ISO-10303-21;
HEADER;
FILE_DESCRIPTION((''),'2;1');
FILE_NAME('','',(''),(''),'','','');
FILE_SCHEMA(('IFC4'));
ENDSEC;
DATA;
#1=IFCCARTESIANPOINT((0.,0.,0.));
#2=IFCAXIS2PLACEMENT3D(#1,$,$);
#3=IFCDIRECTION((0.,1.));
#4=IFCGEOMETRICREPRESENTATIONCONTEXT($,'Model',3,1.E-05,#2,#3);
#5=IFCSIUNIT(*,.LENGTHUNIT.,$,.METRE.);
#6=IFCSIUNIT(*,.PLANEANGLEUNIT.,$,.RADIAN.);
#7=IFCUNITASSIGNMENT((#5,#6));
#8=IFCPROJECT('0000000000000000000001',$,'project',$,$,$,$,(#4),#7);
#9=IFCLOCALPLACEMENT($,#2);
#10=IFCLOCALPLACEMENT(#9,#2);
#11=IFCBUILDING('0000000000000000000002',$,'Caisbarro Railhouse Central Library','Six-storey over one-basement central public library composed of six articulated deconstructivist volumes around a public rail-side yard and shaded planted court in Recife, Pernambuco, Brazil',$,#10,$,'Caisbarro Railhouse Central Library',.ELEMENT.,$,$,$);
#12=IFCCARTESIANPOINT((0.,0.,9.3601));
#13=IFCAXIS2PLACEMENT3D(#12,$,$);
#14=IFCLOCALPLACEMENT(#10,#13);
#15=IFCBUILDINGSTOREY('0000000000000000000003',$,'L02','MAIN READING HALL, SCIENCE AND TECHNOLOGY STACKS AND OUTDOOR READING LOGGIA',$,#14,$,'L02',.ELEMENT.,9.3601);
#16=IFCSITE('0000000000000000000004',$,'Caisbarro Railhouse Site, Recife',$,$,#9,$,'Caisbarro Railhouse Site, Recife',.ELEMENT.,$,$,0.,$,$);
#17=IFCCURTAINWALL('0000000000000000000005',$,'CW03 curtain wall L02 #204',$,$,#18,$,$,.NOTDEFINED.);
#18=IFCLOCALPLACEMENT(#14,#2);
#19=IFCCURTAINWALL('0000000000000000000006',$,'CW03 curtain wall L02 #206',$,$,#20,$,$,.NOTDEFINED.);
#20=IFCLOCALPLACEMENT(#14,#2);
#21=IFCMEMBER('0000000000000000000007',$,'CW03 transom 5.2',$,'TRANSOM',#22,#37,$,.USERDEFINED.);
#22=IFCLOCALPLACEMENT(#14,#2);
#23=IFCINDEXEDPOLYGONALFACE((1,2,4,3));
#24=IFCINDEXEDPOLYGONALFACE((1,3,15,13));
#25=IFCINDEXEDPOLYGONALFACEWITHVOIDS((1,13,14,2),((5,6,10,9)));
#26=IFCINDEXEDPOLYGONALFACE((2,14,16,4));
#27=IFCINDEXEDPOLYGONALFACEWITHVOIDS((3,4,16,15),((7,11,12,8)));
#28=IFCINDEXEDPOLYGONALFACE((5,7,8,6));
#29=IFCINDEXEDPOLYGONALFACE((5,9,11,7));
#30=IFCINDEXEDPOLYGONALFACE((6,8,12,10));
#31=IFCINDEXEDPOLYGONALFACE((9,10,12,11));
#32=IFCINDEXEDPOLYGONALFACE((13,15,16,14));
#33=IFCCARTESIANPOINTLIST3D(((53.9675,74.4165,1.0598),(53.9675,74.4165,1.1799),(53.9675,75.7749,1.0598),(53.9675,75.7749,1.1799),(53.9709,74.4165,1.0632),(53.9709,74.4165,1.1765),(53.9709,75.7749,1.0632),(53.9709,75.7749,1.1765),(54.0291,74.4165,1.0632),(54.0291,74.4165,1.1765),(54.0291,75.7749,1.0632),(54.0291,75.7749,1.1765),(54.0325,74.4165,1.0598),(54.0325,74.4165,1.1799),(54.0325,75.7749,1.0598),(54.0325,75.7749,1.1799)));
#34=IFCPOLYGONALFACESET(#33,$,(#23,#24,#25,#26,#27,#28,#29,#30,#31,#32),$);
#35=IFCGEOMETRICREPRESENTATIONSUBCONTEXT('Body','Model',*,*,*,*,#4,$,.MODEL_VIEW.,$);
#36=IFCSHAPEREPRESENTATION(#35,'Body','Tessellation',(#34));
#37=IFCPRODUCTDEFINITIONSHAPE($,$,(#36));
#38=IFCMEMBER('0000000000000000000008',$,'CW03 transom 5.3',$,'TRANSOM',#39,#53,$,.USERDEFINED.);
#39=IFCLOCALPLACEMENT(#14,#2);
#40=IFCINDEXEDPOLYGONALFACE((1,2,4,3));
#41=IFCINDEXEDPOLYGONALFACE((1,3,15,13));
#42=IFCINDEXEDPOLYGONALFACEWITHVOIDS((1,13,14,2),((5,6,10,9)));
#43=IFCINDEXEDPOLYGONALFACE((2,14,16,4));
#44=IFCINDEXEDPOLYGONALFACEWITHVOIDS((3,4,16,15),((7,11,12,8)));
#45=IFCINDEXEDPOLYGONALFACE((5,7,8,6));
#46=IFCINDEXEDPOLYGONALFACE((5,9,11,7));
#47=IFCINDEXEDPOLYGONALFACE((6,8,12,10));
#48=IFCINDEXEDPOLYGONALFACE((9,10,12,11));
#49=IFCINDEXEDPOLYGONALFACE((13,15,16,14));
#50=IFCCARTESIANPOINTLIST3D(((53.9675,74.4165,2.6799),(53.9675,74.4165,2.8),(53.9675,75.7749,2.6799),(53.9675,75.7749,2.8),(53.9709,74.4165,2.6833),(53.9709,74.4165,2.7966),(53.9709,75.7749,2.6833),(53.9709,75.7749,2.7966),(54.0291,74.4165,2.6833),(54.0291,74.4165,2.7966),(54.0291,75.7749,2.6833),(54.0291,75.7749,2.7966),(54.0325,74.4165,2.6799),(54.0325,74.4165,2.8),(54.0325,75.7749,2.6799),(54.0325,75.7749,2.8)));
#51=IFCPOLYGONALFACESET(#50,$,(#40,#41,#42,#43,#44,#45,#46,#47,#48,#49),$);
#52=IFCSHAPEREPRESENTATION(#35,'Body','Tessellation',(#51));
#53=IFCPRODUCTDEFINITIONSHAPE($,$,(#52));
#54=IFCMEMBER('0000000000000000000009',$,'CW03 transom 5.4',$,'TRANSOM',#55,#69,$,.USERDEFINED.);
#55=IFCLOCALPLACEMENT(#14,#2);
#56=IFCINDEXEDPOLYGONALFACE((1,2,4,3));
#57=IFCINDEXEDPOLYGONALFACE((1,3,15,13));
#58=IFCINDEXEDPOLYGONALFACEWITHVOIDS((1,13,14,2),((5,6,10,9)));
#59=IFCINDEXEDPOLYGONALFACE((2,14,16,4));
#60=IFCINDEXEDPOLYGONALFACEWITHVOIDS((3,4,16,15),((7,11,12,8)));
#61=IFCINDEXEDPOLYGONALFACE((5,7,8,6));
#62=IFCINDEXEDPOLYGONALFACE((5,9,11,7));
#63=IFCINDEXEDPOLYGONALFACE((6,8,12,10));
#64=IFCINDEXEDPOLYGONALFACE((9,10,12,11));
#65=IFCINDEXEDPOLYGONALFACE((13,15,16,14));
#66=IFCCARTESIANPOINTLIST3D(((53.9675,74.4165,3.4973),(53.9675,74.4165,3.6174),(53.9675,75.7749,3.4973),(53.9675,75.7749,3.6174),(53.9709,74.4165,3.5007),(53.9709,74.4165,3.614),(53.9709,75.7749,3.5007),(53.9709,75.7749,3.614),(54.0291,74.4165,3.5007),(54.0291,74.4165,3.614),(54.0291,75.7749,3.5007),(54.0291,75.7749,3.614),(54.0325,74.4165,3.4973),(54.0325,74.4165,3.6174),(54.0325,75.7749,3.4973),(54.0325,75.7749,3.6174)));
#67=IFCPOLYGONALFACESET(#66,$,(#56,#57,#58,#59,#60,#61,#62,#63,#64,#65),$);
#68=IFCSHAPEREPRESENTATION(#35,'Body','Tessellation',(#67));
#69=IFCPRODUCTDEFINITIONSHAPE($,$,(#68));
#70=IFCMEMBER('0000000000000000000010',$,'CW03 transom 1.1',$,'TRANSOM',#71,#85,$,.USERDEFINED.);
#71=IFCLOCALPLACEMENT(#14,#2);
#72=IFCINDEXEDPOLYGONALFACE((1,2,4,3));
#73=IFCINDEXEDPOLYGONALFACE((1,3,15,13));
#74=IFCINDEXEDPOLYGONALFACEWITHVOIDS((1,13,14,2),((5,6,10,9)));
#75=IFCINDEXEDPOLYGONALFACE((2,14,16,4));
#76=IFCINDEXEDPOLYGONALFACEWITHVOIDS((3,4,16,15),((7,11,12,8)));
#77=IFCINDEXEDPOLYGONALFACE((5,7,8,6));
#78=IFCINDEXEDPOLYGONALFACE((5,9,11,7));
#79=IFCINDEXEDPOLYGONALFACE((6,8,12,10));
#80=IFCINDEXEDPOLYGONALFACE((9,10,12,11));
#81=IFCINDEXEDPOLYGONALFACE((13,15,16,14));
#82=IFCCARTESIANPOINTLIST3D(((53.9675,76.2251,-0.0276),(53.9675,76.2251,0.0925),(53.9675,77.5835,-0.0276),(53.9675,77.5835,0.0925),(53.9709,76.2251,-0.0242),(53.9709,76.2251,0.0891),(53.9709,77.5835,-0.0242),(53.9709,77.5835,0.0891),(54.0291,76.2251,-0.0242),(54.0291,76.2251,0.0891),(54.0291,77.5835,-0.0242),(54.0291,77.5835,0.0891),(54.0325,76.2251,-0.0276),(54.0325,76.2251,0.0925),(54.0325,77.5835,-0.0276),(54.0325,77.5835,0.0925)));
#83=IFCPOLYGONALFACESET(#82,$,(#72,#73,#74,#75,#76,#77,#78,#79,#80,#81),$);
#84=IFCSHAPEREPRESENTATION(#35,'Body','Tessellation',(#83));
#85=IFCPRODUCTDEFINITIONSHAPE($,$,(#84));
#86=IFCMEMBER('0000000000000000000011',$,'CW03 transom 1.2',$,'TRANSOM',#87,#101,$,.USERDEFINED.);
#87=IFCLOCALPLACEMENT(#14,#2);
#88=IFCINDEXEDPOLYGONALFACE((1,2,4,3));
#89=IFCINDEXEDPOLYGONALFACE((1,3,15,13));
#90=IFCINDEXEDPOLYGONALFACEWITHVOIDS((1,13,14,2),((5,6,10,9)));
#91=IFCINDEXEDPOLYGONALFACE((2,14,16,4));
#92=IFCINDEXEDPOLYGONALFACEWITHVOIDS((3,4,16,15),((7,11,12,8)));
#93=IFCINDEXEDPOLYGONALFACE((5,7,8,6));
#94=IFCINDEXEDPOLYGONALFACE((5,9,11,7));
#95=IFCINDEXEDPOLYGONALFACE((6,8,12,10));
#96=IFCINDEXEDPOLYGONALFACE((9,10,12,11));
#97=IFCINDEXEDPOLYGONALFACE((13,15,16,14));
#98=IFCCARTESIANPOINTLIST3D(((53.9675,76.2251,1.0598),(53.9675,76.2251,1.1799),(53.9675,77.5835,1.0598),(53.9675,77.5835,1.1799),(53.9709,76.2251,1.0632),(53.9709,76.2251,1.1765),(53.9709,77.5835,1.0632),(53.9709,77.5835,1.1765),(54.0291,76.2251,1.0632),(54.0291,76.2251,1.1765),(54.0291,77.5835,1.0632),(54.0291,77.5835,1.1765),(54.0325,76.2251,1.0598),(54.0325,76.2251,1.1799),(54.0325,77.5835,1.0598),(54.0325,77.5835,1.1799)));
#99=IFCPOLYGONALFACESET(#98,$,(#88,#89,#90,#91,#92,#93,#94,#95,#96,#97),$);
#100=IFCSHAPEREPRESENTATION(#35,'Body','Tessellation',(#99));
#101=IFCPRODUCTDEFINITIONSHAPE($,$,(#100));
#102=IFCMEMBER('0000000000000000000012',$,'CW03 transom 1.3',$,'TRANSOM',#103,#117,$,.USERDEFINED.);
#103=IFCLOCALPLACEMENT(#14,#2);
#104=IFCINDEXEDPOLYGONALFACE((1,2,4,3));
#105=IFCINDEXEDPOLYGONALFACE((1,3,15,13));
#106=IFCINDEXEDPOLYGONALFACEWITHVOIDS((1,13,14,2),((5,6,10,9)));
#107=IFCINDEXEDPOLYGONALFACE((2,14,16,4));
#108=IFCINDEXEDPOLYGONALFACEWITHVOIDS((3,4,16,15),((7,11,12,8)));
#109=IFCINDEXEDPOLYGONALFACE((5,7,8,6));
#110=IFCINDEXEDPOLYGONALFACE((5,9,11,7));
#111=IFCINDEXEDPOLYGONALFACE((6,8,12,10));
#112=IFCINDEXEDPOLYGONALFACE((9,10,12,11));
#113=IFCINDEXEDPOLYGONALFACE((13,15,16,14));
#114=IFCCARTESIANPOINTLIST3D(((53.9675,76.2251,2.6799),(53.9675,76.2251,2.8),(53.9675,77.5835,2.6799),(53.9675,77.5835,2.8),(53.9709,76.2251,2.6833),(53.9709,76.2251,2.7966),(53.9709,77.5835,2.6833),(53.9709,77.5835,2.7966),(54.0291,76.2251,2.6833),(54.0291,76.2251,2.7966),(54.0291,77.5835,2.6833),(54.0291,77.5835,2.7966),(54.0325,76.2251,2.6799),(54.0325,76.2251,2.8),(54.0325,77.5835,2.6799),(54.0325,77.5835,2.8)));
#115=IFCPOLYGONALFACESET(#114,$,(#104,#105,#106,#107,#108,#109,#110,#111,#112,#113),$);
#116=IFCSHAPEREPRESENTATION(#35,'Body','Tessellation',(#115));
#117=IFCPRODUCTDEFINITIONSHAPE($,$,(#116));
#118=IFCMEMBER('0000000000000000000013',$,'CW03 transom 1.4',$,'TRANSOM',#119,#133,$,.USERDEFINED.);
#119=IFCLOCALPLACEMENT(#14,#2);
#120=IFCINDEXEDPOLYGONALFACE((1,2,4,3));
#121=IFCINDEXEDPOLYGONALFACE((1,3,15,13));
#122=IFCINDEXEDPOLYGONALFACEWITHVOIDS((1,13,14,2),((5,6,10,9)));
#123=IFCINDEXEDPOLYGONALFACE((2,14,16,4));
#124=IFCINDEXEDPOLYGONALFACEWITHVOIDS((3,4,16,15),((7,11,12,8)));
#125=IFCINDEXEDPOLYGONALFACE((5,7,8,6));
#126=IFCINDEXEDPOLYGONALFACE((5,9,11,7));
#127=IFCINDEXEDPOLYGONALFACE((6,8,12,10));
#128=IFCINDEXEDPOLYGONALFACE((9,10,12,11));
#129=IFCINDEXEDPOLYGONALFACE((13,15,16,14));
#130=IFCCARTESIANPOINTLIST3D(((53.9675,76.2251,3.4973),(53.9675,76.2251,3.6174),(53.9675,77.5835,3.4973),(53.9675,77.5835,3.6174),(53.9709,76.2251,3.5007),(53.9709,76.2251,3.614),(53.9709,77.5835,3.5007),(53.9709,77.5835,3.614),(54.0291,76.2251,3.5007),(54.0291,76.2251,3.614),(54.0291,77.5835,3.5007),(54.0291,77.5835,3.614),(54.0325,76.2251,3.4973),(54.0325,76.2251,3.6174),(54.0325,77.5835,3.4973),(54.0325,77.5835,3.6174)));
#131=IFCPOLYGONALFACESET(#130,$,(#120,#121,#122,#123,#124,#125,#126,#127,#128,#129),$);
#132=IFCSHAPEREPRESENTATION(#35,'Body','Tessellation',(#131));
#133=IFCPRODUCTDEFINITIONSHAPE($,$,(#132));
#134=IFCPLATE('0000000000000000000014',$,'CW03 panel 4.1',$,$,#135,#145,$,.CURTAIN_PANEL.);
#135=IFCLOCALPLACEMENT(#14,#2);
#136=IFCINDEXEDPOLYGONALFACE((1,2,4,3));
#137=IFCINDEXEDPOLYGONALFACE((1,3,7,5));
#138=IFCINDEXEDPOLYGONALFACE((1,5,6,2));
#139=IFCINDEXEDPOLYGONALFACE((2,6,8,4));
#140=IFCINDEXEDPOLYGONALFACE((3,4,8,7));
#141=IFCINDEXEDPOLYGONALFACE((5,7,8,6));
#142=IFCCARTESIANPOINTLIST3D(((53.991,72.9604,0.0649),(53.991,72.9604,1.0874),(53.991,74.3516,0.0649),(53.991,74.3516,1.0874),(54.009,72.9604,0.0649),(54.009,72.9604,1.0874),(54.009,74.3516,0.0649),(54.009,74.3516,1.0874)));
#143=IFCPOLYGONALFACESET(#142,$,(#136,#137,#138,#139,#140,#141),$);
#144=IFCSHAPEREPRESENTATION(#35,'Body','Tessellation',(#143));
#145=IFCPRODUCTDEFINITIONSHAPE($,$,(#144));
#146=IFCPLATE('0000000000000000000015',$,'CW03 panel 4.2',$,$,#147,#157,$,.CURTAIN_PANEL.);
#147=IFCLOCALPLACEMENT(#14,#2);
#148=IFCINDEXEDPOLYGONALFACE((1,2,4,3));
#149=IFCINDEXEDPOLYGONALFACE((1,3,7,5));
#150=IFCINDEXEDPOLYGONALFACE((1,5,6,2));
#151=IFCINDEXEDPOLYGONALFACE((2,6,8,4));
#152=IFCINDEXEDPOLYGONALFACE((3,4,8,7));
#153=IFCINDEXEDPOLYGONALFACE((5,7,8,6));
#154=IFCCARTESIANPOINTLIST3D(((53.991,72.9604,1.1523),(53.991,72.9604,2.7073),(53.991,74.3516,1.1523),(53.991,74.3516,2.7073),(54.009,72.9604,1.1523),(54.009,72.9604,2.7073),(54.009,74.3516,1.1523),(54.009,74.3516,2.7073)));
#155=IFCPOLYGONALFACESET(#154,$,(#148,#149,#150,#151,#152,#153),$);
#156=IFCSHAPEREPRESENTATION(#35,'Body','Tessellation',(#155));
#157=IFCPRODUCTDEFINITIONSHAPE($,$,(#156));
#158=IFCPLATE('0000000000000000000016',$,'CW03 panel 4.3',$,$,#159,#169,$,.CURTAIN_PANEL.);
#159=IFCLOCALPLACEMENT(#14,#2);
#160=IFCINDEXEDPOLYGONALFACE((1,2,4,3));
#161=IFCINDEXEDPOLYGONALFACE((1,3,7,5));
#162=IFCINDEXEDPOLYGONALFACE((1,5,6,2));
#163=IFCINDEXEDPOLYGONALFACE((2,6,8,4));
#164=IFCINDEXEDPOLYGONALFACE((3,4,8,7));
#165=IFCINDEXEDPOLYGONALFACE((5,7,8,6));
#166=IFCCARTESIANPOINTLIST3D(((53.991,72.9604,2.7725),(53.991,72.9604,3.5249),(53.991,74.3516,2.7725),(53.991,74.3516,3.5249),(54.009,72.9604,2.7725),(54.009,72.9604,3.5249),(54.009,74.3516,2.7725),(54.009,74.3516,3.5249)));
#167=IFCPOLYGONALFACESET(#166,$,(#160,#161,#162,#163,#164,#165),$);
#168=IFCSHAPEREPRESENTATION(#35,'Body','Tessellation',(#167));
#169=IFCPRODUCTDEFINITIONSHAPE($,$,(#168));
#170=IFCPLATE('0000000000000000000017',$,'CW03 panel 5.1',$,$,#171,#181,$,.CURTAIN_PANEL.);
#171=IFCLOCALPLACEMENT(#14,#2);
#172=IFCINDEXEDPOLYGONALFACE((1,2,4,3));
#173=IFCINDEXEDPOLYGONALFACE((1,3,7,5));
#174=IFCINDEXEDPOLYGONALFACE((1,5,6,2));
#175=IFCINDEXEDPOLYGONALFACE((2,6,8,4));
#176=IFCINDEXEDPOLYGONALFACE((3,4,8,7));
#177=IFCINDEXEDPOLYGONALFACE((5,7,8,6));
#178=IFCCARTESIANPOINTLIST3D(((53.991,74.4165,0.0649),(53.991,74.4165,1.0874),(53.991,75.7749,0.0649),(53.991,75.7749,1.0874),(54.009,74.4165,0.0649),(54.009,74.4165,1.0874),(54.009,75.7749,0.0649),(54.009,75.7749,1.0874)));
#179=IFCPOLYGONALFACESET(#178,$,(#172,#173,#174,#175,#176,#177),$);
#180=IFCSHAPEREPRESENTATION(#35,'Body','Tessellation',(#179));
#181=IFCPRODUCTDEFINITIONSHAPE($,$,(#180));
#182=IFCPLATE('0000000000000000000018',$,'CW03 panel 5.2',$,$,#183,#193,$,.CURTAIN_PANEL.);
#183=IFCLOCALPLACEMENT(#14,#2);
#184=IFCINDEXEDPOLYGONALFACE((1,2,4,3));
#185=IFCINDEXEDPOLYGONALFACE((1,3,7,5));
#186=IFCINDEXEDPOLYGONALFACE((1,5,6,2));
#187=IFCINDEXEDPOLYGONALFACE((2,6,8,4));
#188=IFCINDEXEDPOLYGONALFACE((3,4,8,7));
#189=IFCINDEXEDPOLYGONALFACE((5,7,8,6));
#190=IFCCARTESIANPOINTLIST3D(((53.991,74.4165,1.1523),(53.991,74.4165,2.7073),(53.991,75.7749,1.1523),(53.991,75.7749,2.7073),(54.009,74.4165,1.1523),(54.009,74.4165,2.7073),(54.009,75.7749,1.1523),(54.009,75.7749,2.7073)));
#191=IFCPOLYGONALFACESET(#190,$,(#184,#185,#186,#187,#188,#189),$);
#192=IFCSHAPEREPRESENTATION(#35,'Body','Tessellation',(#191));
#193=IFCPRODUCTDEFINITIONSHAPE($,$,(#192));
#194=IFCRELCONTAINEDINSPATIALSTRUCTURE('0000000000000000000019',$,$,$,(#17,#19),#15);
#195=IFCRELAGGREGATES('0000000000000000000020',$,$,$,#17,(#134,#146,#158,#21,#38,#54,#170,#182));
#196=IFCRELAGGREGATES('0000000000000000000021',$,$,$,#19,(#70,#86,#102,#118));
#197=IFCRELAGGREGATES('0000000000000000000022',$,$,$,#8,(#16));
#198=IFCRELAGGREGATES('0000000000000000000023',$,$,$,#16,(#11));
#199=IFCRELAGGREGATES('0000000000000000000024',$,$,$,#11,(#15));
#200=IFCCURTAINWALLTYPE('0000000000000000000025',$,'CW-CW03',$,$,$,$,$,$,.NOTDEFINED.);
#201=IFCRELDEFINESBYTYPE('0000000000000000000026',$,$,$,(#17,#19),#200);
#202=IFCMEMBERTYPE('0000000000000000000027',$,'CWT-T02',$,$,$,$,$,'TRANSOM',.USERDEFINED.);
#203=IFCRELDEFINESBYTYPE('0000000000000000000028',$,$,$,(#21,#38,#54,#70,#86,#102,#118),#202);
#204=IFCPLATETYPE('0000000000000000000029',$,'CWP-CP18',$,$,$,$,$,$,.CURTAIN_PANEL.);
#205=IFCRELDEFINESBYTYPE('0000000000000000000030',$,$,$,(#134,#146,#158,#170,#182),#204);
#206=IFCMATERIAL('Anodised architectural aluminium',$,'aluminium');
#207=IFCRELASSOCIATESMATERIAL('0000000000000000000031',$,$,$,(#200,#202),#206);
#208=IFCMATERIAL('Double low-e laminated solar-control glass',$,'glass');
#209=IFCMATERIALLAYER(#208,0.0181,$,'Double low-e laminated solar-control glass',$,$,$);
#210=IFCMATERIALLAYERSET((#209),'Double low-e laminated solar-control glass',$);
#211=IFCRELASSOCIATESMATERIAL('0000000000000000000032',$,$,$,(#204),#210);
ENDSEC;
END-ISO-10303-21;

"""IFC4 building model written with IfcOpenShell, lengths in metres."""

from ifc_helpers import new_model, si_unit, direction, frame, origin, origin_2d, place, context, subcontext, project, spatial, rectangle, hollow_rectangle, extrude, material, layer, layer_set, material_profile, profile_set, type_object, element, aggregate, save


model = new_model("IFC4")

# Units and contexts
model_context = context("Model", 3, precision=1e-05, world=origin(), true_north=direction((0.0, 1.0)))
body_context = subcontext(model_context, "Body", "Model", "MODEL_VIEW")
ifc_project = project(units=[si_unit("LENGTHUNIT", "METRE"), si_unit("PLANEANGLEUNIT", "RADIAN")], contexts=[model_context])

# Site, building, storey
site_placement = place(None, origin())
site = spatial("IfcSite", under=ifc_project, at=site_placement, Name="Caisbarro Railhouse Site, Recife", LongName="Caisbarro Railhouse Site, Recife", CompositionType="ELEMENT", RefElevation=0.0)
building_placement = place(site_placement, origin())
building = spatial("IfcBuilding", under=site, at=building_placement, Name="Caisbarro Railhouse Central Library", Description="Six-storey over one-basement central public library composed of six articulated deconstructivist volumes around a public rail-side yard and shaded planted court in Recife, Pernambuco, Brazil", LongName="Caisbarro Railhouse Central Library", CompositionType="ELEMENT")
storey_placement = place(building_placement, frame((0.0, 0.0, 9.3601)))
storey = spatial("IfcBuildingStorey", under=building, at=storey_placement, Name="L02", Description="MAIN READING HALL, SCIENCE AND TECHNOLOGY STACKS AND OUTDOOR READING LOGGIA", LongName="L02", CompositionType="ELEMENT", Elevation=9.3601)

# Curtain wall
ifc_material_1 = material(Name="Anodised architectural aluminium", Category="aluminium")
curtain_wall_type = type_object("IfcCurtainWallType", Name="CW-CW03", PredefinedType="NOTDEFINED", material=ifc_material_1)
curtain_wall_1_placement = place(storey_placement, origin())
curtain_wall_1 = element("IfcCurtainWall", 1, at=curtain_wall_1_placement, inside=storey, type_object=curtain_wall_type, Name="CW03 curtain wall L02 #204", PredefinedType="NOTDEFINED")

# Curtain wall
curtain_wall_2_placement = place(storey_placement, origin())
curtain_wall_2 = element("IfcCurtainWall", 2, at=curtain_wall_2_placement, inside=storey, type_object=curtain_wall_type, Name="CW03 curtain wall L02 #206", PredefinedType="NOTDEFINED")

# Members
ifc_material_profile_1 = material_profile(ifc_material_1, hollow_rectangle(XDim=0.0649, YDim=0.1201, WallThickness=0.0034, at=origin_2d()), Name="ALU-TRN-65X120")
ifc_profile_set_1 = profile_set([ifc_material_profile_1], Name="Anodised architectural aluminium")
member_type_1 = type_object("IfcMemberType", Name="CWT-T02", ElementType="TRANSOM", PredefinedType="USERDEFINED", material=ifc_profile_set_1)
member_1_placement = place(storey_placement, frame((54.0, 74.4165, 1.1199), z_axis=(0.0, 1.0, 0.0), x_axis=(-1.0, 0.0, 0.0)))
member_1 = element("IfcMember", 3, at=member_1_placement, type_object=member_type_1, Name="CW03 transom 5.2", ObjectType="TRANSOM", PredefinedType="USERDEFINED", context=body_context, shape_type="SweptSolid", body=[
    extrude(hollow_rectangle(XDim=0.0649, YDim=0.1201, WallThickness=0.0034, at=origin_2d()), origin(), (0.0, 0.0, 1.0), 1.3584),
])
member_2_placement = place(storey_placement, frame((54.0, 74.4165, 2.74), z_axis=(0.0, 1.0, 0.0), x_axis=(-1.0, 0.0, 0.0)))
member_2 = element("IfcMember", 4, at=member_2_placement, type_object=member_type_1, Name="CW03 transom 5.3", ObjectType="TRANSOM", PredefinedType="USERDEFINED", context=body_context, shape_type="SweptSolid", body=[
    extrude(hollow_rectangle(XDim=0.0649, YDim=0.1201, WallThickness=0.0034, at=origin_2d()), origin(), (0.0, 0.0, 1.0), 1.3584),
])
member_3_placement = place(storey_placement, frame((54.0, 74.4165, 3.5574), z_axis=(0.0, 1.0, 0.0), x_axis=(-1.0, 0.0, 0.0)))
member_3 = element("IfcMember", 5, at=member_3_placement, type_object=member_type_1, Name="CW03 transom 5.4", ObjectType="TRANSOM", PredefinedType="USERDEFINED", context=body_context, shape_type="SweptSolid", body=[
    extrude(hollow_rectangle(XDim=0.0649, YDim=0.1201, WallThickness=0.0034, at=origin_2d()), origin(), (0.0, 0.0, 1.0), 1.3584),
])
member_4_placement = place(storey_placement, frame((54.0, 76.2251, 0.0325), z_axis=(0.0, 1.0, 0.0), x_axis=(-1.0, 0.0, 0.0)))
member_4 = element("IfcMember", 6, at=member_4_placement, type_object=member_type_1, Name="CW03 transom 1.1", ObjectType="TRANSOM", PredefinedType="USERDEFINED", context=body_context, shape_type="SweptSolid", body=[
    extrude(hollow_rectangle(XDim=0.0649, YDim=0.1201, WallThickness=0.0034, at=origin_2d()), origin(), (0.0, 0.0, 1.0), 1.3584),
])
member_5_placement = place(storey_placement, frame((54.0, 76.2251, 1.1199), z_axis=(0.0, 1.0, 0.0), x_axis=(-1.0, 0.0, 0.0)))
member_5 = element("IfcMember", 7, at=member_5_placement, type_object=member_type_1, Name="CW03 transom 1.2", ObjectType="TRANSOM", PredefinedType="USERDEFINED", context=body_context, shape_type="SweptSolid", body=[
    extrude(hollow_rectangle(XDim=0.0649, YDim=0.1201, WallThickness=0.0034, at=origin_2d()), origin(), (0.0, 0.0, 1.0), 1.3584),
])
member_6_placement = place(storey_placement, frame((54.0, 76.2251, 2.74), z_axis=(0.0, 1.0, 0.0), x_axis=(-1.0, 0.0, 0.0)))
member_6 = element("IfcMember", 8, at=member_6_placement, type_object=member_type_1, Name="CW03 transom 1.3", ObjectType="TRANSOM", PredefinedType="USERDEFINED", context=body_context, shape_type="SweptSolid", body=[
    extrude(hollow_rectangle(XDim=0.0649, YDim=0.1201, WallThickness=0.0034, at=origin_2d()), origin(), (0.0, 0.0, 1.0), 1.3584),
])
member_7_placement = place(storey_placement, frame((54.0, 76.2251, 3.5574), z_axis=(0.0, 1.0, 0.0), x_axis=(-1.0, 0.0, 0.0)))
member_7 = element("IfcMember", 9, at=member_7_placement, type_object=member_type_1, Name="CW03 transom 1.4", ObjectType="TRANSOM", PredefinedType="USERDEFINED", context=body_context, shape_type="SweptSolid", body=[
    extrude(hollow_rectangle(XDim=0.0649, YDim=0.1201, WallThickness=0.0034, at=origin_2d()), origin(), (0.0, 0.0, 1.0), 1.3584),
])

# Plates
ifc_material_2 = material(Name="Double low-e laminated solar-control glass", Category="glass")
ifc_layer_1 = layer(ifc_material_2, 0.0181, Name="Double low-e laminated solar-control glass")
ifc_layer_set_1 = layer_set([ifc_layer_1], Name="Double low-e laminated solar-control glass")
plate_type_1 = type_object("IfcPlateType", Name="CWP-CP18", PredefinedType="CURTAIN_PANEL", material=ifc_layer_set_1)
plate_1_placement = place(storey_placement, frame((54.0, 73.656, 0.0649), z_axis=(0.0, 0.0, 1.0), x_axis=(0.0, 1.0, 0.0)))
plate_1 = element("IfcPlate", 10, at=plate_1_placement, type_object=plate_type_1, Name="CW03 panel 4.1", PredefinedType="CURTAIN_PANEL", context=body_context, shape_type="SweptSolid", body=[
    extrude(rectangle(XDim=1.3911, YDim=0.0181, at=origin_2d()), origin(), (0.0, 0.0, 1.0), 1.0225),
])
plate_2_placement = place(storey_placement, frame((54.0, 73.656, 1.1523), z_axis=(0.0, 0.0, 1.0), x_axis=(0.0, 1.0, 0.0)))
plate_2 = element("IfcPlate", 11, at=plate_2_placement, type_object=plate_type_1, Name="CW03 panel 4.2", PredefinedType="CURTAIN_PANEL", context=body_context, shape_type="SweptSolid", body=[
    extrude(rectangle(XDim=1.3911, YDim=0.0181, at=origin_2d()), origin(), (0.0, 0.0, 1.0), 1.5549),
])
plate_3_placement = place(storey_placement, frame((54.0, 73.656, 2.7725), z_axis=(0.0, 0.0, 1.0), x_axis=(0.0, 1.0, 0.0)))
plate_3 = element("IfcPlate", 12, at=plate_3_placement, type_object=plate_type_1, Name="CW03 panel 4.3", PredefinedType="CURTAIN_PANEL", context=body_context, shape_type="SweptSolid", body=[
    extrude(rectangle(XDim=1.3911, YDim=0.0181, at=origin_2d()), origin(), (0.0, 0.0, 1.0), 0.7524),
])
plate_4_placement = place(storey_placement, frame((54.0, 75.0957, 0.0649), z_axis=(0.0, 0.0, 1.0), x_axis=(0.0, 1.0, 0.0)))
plate_4 = element("IfcPlate", 13, at=plate_4_placement, type_object=plate_type_1, Name="CW03 panel 5.1", PredefinedType="CURTAIN_PANEL", context=body_context, shape_type="SweptSolid", body=[
    extrude(rectangle(XDim=1.3584, YDim=0.0181, at=origin_2d()), origin(), (0.0, 0.0, 1.0), 1.0225),
])
plate_5_placement = place(storey_placement, frame((54.0, 75.0957, 1.1523), z_axis=(0.0, 0.0, 1.0), x_axis=(0.0, 1.0, 0.0)))
plate_5 = element("IfcPlate", 14, at=plate_5_placement, type_object=plate_type_1, Name="CW03 panel 5.2", PredefinedType="CURTAIN_PANEL", context=body_context, shape_type="SweptSolid", body=[
    extrude(rectangle(XDim=1.3584, YDim=0.0181, at=origin_2d()), origin(), (0.0, 0.0, 1.0), 1.5549),
])
aggregate(curtain_wall_1, [plate_1, plate_2, plate_3, member_1, member_2, member_3, plate_4, plate_5])
aggregate(curtain_wall_2, [member_4, member_5, member_6, member_7])

save(model, "model.ifc")
